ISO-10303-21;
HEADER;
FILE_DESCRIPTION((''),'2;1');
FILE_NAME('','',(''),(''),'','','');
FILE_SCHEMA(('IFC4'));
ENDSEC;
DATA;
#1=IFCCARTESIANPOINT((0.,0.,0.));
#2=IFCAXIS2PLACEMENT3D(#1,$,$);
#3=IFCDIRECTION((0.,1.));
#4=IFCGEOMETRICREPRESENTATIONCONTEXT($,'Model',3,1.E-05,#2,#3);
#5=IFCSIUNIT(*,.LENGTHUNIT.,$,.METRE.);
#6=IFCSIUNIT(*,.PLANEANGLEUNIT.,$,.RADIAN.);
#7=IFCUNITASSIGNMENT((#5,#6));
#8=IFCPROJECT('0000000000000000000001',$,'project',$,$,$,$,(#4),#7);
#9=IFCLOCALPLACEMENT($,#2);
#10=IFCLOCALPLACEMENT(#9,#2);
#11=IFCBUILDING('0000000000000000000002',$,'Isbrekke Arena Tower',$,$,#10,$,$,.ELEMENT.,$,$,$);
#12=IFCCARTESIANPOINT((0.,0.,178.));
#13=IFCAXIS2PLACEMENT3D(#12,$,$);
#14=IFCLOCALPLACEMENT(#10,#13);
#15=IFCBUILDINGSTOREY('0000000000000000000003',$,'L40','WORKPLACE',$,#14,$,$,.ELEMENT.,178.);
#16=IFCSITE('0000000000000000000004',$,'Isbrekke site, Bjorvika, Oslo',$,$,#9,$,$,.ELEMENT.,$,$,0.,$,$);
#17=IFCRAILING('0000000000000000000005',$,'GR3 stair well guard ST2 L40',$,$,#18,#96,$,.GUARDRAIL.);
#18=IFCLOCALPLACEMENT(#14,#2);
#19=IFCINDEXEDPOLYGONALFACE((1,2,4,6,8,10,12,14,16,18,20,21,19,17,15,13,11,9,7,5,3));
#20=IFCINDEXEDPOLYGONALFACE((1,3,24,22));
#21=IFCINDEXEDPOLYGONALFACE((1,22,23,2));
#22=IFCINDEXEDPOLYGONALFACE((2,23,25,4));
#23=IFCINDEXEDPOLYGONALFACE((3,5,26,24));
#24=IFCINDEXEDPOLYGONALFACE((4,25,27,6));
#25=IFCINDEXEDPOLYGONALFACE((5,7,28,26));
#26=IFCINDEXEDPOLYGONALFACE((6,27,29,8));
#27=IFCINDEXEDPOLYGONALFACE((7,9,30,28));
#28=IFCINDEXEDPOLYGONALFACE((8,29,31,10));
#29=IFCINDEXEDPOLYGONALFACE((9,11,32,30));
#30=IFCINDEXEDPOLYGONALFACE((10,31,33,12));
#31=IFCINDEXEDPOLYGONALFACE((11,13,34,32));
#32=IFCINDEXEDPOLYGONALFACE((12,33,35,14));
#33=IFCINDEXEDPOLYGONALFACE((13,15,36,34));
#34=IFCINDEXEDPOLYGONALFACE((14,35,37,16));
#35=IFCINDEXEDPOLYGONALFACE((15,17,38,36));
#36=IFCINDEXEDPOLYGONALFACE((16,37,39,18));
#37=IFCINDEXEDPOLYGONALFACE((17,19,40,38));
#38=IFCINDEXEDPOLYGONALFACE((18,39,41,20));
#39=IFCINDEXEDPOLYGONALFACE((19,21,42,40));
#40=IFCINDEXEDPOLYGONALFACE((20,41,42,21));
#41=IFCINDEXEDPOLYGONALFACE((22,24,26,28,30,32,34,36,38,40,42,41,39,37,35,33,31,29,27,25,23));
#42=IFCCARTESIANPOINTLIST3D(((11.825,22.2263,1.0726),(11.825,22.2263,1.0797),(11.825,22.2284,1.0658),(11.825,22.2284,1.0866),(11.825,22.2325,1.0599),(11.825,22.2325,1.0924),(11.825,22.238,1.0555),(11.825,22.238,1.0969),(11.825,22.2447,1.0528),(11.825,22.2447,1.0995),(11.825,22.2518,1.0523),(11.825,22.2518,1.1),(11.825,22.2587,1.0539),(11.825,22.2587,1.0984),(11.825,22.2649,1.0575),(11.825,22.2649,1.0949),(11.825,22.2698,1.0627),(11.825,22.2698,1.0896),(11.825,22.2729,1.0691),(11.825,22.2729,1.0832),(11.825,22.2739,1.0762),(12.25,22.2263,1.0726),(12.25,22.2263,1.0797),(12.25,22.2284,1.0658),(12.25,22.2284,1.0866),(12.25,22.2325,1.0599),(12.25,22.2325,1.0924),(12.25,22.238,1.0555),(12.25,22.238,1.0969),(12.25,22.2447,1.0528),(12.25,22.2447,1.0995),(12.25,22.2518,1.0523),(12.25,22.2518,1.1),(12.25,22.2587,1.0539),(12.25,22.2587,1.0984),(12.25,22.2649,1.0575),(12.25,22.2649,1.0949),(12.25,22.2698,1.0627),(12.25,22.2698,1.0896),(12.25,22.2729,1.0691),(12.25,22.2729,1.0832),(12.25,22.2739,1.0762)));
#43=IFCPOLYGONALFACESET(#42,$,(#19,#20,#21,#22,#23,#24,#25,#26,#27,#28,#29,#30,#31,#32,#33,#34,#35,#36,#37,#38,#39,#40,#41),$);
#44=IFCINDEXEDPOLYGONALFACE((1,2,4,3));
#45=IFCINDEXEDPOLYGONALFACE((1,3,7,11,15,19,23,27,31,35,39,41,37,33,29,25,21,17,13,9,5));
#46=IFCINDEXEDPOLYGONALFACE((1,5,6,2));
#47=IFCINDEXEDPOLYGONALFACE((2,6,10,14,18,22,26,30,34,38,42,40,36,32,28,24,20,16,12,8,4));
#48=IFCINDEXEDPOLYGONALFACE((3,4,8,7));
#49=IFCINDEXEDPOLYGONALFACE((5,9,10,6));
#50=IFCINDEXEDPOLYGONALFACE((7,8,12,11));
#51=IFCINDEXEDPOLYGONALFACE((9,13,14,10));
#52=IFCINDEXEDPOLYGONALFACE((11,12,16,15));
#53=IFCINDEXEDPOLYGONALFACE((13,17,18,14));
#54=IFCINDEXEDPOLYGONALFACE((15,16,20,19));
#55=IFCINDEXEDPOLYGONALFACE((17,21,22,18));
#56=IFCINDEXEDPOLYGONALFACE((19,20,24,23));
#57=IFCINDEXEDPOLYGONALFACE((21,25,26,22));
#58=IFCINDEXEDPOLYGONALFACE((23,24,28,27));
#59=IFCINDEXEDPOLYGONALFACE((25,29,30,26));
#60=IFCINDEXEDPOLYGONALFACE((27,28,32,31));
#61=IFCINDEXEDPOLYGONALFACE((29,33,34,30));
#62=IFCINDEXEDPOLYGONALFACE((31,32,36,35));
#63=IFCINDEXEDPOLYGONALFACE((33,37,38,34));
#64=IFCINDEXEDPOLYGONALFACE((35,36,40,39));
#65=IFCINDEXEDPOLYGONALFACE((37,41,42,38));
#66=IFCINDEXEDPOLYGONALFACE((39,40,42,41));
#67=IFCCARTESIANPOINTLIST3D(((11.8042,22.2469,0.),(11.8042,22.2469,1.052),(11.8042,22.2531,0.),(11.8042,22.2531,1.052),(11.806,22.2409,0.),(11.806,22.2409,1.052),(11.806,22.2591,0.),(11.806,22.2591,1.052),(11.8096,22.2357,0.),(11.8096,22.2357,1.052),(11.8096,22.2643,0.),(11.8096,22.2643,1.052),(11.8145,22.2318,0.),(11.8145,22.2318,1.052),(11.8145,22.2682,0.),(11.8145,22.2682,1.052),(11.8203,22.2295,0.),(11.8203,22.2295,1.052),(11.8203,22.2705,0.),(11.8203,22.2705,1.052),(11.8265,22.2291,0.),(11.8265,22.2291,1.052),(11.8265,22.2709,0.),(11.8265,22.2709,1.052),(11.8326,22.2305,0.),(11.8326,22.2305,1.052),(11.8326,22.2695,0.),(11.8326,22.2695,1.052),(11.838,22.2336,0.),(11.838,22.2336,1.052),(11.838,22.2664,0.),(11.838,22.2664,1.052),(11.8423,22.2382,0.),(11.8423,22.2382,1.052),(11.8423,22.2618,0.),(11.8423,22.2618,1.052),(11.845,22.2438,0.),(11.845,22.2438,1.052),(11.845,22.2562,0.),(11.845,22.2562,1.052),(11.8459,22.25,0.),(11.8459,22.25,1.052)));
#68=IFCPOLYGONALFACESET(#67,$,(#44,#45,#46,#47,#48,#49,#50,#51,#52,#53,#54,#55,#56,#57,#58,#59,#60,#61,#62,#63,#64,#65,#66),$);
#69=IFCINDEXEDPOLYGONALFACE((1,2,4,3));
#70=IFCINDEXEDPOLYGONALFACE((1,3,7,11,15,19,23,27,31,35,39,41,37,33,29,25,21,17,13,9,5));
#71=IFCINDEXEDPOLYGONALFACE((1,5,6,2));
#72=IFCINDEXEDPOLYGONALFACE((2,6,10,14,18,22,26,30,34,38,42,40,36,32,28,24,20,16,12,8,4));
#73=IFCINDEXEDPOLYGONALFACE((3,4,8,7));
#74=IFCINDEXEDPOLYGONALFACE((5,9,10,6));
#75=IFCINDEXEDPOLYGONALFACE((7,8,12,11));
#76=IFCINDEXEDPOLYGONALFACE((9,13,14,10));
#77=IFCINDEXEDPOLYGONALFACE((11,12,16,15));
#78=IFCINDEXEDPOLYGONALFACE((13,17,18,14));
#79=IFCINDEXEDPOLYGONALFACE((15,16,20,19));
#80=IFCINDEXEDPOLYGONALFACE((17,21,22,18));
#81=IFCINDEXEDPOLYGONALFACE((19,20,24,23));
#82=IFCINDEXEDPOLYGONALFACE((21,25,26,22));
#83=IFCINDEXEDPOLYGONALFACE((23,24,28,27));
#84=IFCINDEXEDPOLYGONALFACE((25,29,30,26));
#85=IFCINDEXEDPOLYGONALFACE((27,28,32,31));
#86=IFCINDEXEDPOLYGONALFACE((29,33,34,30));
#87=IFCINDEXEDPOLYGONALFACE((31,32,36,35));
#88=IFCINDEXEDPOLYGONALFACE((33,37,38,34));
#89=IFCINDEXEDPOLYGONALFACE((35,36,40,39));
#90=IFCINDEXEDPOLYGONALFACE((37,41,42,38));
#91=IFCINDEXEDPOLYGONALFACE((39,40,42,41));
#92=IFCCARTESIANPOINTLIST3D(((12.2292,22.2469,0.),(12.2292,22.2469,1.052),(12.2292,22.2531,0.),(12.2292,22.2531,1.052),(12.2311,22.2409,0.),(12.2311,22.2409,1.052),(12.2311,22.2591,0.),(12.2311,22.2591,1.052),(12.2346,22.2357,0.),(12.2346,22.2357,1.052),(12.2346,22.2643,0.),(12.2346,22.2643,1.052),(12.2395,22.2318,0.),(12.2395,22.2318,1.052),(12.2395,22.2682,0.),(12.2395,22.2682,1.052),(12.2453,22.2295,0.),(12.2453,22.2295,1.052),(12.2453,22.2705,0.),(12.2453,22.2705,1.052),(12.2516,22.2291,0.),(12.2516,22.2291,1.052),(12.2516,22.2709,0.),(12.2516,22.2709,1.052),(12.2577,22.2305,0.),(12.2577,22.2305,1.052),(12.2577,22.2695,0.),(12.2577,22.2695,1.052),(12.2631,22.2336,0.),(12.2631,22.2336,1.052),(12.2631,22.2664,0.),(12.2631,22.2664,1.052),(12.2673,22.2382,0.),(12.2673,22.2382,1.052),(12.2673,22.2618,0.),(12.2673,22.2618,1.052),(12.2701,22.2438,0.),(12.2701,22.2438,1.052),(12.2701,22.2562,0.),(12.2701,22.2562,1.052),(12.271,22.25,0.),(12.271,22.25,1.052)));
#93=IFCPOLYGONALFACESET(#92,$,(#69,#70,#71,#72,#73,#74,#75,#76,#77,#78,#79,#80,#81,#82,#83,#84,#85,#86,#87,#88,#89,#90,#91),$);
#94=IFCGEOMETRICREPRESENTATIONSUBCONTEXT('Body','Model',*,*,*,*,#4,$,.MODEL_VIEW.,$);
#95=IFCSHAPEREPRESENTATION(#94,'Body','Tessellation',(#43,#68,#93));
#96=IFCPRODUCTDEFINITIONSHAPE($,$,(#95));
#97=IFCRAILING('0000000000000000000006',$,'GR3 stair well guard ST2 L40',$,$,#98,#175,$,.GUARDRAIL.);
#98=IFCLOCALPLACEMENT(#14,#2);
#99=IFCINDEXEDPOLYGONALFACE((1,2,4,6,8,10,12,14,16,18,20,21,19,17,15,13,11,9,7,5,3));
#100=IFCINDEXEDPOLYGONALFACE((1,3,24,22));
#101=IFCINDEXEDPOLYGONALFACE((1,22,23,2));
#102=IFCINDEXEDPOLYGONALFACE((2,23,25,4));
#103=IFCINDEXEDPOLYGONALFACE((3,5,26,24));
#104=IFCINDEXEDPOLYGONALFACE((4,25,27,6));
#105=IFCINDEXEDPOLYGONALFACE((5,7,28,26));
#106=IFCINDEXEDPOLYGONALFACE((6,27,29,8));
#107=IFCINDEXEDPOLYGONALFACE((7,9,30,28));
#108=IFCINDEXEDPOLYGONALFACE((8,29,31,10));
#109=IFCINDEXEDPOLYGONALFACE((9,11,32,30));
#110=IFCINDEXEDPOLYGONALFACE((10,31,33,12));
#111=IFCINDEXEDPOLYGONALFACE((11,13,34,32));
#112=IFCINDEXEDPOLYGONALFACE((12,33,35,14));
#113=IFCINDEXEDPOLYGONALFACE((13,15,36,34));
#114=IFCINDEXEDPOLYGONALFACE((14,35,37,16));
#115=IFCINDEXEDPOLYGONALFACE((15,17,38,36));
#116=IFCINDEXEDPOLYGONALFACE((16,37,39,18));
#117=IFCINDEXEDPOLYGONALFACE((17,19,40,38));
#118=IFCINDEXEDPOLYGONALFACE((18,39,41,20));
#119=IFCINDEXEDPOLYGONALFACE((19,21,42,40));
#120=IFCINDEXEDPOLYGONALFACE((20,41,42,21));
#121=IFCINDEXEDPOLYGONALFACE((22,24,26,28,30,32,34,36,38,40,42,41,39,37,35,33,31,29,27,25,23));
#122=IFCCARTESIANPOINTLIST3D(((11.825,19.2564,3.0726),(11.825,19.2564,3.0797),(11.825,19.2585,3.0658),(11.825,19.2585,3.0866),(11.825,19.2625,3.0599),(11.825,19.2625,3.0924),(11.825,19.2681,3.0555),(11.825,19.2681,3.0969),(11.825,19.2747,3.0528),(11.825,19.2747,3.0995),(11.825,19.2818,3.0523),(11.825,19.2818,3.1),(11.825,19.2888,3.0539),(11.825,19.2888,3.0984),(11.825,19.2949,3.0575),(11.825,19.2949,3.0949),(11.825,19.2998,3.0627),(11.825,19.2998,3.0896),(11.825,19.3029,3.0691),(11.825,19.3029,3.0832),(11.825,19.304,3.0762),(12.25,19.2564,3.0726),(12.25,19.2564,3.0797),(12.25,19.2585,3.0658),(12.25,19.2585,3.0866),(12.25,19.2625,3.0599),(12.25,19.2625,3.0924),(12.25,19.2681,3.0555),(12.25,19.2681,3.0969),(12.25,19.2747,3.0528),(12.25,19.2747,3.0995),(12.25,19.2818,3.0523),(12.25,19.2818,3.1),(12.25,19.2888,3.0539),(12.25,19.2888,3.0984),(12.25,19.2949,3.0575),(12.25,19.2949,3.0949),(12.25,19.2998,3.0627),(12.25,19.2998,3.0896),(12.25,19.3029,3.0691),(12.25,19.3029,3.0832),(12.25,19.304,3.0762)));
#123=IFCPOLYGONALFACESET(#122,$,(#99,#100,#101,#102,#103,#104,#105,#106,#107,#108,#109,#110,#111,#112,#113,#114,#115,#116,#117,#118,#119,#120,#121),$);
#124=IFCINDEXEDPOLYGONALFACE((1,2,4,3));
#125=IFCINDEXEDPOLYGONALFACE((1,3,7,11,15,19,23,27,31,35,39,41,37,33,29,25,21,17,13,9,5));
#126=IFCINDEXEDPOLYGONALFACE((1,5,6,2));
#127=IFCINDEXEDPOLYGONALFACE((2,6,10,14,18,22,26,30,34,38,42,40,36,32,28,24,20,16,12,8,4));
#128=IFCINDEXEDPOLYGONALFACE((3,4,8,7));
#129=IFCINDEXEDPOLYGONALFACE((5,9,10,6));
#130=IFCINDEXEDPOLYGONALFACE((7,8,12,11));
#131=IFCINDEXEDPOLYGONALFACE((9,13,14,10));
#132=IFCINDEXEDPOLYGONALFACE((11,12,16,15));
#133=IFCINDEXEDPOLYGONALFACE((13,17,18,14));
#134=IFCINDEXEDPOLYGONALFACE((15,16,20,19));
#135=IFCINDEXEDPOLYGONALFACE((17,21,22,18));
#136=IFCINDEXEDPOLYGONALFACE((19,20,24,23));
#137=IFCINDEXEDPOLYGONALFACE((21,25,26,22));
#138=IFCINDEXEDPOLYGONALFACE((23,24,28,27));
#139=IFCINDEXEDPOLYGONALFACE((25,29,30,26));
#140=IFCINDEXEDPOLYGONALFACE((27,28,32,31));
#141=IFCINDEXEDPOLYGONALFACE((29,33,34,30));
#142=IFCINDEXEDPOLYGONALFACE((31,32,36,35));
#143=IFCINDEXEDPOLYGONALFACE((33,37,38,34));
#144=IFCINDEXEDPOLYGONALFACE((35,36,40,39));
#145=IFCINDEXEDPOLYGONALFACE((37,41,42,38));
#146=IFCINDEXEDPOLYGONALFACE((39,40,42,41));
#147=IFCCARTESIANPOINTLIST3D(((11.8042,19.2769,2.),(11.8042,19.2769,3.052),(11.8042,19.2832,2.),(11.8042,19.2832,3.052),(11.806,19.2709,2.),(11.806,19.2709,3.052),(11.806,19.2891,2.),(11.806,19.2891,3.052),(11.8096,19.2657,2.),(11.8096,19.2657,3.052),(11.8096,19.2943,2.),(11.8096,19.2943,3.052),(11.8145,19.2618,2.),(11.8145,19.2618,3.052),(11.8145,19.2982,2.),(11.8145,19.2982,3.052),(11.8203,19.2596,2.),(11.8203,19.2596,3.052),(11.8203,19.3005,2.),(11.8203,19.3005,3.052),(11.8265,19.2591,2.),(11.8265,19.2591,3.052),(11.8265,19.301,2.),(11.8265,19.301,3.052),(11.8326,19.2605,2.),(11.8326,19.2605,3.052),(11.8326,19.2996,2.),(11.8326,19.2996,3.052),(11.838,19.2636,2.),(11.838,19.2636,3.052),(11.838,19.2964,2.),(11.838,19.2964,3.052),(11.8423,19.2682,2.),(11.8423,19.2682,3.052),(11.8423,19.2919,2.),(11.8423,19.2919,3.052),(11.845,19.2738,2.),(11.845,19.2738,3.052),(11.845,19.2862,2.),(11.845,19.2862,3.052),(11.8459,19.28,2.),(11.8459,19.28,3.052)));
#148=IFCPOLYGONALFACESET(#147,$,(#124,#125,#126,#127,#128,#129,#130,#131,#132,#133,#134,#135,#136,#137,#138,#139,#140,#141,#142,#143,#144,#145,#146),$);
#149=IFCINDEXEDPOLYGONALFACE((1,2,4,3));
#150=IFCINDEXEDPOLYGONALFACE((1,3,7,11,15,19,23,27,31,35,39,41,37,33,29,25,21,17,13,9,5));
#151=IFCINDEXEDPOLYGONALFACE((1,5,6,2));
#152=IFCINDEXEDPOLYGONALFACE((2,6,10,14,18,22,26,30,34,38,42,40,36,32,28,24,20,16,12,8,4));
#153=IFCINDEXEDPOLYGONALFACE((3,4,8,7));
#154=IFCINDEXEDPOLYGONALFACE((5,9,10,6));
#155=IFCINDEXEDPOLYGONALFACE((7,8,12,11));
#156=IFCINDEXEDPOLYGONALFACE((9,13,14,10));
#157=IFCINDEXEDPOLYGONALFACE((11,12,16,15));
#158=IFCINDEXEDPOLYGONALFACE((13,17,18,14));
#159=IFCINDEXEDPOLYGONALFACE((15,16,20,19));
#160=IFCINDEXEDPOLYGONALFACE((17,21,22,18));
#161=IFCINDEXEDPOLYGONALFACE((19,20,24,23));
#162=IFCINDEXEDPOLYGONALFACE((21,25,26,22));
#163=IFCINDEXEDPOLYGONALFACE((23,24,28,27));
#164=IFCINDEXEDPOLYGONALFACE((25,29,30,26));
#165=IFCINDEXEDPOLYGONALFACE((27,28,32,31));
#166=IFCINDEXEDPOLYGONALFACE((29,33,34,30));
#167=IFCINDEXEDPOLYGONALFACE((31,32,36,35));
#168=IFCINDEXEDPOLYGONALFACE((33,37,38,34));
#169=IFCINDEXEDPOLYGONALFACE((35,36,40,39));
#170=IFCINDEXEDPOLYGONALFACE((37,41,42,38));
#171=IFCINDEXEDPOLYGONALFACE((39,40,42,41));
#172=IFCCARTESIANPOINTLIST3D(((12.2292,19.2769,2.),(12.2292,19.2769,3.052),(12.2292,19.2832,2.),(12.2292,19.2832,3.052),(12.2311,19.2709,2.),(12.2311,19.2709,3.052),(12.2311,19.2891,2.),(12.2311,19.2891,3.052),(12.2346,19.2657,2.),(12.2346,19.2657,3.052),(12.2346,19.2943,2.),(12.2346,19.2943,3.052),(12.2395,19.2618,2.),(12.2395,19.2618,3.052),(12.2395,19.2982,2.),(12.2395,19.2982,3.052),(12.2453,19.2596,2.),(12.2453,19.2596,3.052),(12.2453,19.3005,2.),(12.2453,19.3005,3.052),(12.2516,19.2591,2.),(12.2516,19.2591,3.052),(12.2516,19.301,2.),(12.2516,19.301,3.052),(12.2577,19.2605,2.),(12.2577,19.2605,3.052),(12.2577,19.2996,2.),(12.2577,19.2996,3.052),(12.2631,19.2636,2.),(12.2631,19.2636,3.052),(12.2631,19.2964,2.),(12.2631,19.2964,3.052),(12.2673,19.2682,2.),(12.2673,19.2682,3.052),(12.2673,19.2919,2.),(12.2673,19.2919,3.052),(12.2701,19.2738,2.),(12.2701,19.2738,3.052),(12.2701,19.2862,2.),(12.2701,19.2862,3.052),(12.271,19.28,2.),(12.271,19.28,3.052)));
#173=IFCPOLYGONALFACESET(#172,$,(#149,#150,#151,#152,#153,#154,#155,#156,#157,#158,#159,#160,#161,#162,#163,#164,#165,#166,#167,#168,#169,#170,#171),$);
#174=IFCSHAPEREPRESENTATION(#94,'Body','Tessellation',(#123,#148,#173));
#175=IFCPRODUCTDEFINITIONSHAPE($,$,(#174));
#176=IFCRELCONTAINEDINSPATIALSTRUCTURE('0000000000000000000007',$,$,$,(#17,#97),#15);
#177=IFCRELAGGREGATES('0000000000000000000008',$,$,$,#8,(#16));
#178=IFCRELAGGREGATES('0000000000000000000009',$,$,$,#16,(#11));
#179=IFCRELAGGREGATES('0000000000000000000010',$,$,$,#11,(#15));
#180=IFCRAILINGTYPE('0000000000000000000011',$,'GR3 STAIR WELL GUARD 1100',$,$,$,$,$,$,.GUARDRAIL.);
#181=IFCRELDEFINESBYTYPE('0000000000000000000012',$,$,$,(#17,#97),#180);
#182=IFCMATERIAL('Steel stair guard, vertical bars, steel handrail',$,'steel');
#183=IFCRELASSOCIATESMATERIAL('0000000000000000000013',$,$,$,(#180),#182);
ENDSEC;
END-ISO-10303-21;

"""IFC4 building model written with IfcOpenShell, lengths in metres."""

from ifc_helpers import new_model, si_unit, direction, frame, origin, origin_2d, place, context, subcontext, project, spatial, circle, extrude, material, type_object, element, save


model = new_model("IFC4")

# Units and contexts
model_context = context("Model", 3, precision=1e-05, world=origin(), true_north=direction((0.0, 1.0)))
body_context = subcontext(model_context, "Body", "Model", "MODEL_VIEW")
ifc_project = project(units=[si_unit("LENGTHUNIT", "METRE"), si_unit("PLANEANGLEUNIT", "RADIAN")], contexts=[model_context])

# Site, building, storey
site_placement = place(None, origin())
site = spatial("IfcSite", under=ifc_project, at=site_placement, Name="Isbrekke site, Bjorvika, Oslo", CompositionType="ELEMENT", RefElevation=0.0)
building_placement = place(site_placement, origin())
building = spatial("IfcBuilding", under=site, at=building_placement, Name="Isbrekke Arena Tower", CompositionType="ELEMENT")
storey_placement = place(building_placement, frame((0.0, 0.0, 178.0)))
storey = spatial("IfcBuildingStorey", under=building, at=storey_placement, Name="L40", Description="WORKPLACE", CompositionType="ELEMENT", Elevation=178.0)

# Railings
ifc_material_1 = material(Name="Steel stair guard, vertical bars, steel handrail", Category="steel")
railing_type = type_object("IfcRailingType", Name="GR3 STAIR WELL GUARD 1100", PredefinedType="GUARDRAIL", material=ifc_material_1)
for number, where, name in (
    (1, (11.825, 22.25, 0.0), "GR3 stair well guard ST2 L40"),
    (2, (11.825, 19.28, 2.0), "GR3 stair well guard ST2 L40"),
):
    element("IfcRailing", number, at=place(storey_placement, frame(where)), inside=storey, type_object=railing_type, Name=name, PredefinedType="GUARDRAIL", context=body_context, shape_type="SweptSolid", body=[
        extrude(circle(Radius=0.0239, at=origin_2d()), frame((0.0, 0.0, 1.0762), z_axis=(1.0, 0.0, 0.0), x_axis=(0.0, 1.0, 0.0)), (0.0, 0.0, 1.0), 0.425),
        extrude(circle(Radius=0.021, at=origin_2d()), origin(), (0.0, 0.0, 1.0), 1.052),
        extrude(circle(Radius=0.021, at=origin_2d()), frame((0.425, 0.0, 0.0)), (0.0, 0.0, 1.0), 1.052),
    ])

save(model, "model.ifc")
